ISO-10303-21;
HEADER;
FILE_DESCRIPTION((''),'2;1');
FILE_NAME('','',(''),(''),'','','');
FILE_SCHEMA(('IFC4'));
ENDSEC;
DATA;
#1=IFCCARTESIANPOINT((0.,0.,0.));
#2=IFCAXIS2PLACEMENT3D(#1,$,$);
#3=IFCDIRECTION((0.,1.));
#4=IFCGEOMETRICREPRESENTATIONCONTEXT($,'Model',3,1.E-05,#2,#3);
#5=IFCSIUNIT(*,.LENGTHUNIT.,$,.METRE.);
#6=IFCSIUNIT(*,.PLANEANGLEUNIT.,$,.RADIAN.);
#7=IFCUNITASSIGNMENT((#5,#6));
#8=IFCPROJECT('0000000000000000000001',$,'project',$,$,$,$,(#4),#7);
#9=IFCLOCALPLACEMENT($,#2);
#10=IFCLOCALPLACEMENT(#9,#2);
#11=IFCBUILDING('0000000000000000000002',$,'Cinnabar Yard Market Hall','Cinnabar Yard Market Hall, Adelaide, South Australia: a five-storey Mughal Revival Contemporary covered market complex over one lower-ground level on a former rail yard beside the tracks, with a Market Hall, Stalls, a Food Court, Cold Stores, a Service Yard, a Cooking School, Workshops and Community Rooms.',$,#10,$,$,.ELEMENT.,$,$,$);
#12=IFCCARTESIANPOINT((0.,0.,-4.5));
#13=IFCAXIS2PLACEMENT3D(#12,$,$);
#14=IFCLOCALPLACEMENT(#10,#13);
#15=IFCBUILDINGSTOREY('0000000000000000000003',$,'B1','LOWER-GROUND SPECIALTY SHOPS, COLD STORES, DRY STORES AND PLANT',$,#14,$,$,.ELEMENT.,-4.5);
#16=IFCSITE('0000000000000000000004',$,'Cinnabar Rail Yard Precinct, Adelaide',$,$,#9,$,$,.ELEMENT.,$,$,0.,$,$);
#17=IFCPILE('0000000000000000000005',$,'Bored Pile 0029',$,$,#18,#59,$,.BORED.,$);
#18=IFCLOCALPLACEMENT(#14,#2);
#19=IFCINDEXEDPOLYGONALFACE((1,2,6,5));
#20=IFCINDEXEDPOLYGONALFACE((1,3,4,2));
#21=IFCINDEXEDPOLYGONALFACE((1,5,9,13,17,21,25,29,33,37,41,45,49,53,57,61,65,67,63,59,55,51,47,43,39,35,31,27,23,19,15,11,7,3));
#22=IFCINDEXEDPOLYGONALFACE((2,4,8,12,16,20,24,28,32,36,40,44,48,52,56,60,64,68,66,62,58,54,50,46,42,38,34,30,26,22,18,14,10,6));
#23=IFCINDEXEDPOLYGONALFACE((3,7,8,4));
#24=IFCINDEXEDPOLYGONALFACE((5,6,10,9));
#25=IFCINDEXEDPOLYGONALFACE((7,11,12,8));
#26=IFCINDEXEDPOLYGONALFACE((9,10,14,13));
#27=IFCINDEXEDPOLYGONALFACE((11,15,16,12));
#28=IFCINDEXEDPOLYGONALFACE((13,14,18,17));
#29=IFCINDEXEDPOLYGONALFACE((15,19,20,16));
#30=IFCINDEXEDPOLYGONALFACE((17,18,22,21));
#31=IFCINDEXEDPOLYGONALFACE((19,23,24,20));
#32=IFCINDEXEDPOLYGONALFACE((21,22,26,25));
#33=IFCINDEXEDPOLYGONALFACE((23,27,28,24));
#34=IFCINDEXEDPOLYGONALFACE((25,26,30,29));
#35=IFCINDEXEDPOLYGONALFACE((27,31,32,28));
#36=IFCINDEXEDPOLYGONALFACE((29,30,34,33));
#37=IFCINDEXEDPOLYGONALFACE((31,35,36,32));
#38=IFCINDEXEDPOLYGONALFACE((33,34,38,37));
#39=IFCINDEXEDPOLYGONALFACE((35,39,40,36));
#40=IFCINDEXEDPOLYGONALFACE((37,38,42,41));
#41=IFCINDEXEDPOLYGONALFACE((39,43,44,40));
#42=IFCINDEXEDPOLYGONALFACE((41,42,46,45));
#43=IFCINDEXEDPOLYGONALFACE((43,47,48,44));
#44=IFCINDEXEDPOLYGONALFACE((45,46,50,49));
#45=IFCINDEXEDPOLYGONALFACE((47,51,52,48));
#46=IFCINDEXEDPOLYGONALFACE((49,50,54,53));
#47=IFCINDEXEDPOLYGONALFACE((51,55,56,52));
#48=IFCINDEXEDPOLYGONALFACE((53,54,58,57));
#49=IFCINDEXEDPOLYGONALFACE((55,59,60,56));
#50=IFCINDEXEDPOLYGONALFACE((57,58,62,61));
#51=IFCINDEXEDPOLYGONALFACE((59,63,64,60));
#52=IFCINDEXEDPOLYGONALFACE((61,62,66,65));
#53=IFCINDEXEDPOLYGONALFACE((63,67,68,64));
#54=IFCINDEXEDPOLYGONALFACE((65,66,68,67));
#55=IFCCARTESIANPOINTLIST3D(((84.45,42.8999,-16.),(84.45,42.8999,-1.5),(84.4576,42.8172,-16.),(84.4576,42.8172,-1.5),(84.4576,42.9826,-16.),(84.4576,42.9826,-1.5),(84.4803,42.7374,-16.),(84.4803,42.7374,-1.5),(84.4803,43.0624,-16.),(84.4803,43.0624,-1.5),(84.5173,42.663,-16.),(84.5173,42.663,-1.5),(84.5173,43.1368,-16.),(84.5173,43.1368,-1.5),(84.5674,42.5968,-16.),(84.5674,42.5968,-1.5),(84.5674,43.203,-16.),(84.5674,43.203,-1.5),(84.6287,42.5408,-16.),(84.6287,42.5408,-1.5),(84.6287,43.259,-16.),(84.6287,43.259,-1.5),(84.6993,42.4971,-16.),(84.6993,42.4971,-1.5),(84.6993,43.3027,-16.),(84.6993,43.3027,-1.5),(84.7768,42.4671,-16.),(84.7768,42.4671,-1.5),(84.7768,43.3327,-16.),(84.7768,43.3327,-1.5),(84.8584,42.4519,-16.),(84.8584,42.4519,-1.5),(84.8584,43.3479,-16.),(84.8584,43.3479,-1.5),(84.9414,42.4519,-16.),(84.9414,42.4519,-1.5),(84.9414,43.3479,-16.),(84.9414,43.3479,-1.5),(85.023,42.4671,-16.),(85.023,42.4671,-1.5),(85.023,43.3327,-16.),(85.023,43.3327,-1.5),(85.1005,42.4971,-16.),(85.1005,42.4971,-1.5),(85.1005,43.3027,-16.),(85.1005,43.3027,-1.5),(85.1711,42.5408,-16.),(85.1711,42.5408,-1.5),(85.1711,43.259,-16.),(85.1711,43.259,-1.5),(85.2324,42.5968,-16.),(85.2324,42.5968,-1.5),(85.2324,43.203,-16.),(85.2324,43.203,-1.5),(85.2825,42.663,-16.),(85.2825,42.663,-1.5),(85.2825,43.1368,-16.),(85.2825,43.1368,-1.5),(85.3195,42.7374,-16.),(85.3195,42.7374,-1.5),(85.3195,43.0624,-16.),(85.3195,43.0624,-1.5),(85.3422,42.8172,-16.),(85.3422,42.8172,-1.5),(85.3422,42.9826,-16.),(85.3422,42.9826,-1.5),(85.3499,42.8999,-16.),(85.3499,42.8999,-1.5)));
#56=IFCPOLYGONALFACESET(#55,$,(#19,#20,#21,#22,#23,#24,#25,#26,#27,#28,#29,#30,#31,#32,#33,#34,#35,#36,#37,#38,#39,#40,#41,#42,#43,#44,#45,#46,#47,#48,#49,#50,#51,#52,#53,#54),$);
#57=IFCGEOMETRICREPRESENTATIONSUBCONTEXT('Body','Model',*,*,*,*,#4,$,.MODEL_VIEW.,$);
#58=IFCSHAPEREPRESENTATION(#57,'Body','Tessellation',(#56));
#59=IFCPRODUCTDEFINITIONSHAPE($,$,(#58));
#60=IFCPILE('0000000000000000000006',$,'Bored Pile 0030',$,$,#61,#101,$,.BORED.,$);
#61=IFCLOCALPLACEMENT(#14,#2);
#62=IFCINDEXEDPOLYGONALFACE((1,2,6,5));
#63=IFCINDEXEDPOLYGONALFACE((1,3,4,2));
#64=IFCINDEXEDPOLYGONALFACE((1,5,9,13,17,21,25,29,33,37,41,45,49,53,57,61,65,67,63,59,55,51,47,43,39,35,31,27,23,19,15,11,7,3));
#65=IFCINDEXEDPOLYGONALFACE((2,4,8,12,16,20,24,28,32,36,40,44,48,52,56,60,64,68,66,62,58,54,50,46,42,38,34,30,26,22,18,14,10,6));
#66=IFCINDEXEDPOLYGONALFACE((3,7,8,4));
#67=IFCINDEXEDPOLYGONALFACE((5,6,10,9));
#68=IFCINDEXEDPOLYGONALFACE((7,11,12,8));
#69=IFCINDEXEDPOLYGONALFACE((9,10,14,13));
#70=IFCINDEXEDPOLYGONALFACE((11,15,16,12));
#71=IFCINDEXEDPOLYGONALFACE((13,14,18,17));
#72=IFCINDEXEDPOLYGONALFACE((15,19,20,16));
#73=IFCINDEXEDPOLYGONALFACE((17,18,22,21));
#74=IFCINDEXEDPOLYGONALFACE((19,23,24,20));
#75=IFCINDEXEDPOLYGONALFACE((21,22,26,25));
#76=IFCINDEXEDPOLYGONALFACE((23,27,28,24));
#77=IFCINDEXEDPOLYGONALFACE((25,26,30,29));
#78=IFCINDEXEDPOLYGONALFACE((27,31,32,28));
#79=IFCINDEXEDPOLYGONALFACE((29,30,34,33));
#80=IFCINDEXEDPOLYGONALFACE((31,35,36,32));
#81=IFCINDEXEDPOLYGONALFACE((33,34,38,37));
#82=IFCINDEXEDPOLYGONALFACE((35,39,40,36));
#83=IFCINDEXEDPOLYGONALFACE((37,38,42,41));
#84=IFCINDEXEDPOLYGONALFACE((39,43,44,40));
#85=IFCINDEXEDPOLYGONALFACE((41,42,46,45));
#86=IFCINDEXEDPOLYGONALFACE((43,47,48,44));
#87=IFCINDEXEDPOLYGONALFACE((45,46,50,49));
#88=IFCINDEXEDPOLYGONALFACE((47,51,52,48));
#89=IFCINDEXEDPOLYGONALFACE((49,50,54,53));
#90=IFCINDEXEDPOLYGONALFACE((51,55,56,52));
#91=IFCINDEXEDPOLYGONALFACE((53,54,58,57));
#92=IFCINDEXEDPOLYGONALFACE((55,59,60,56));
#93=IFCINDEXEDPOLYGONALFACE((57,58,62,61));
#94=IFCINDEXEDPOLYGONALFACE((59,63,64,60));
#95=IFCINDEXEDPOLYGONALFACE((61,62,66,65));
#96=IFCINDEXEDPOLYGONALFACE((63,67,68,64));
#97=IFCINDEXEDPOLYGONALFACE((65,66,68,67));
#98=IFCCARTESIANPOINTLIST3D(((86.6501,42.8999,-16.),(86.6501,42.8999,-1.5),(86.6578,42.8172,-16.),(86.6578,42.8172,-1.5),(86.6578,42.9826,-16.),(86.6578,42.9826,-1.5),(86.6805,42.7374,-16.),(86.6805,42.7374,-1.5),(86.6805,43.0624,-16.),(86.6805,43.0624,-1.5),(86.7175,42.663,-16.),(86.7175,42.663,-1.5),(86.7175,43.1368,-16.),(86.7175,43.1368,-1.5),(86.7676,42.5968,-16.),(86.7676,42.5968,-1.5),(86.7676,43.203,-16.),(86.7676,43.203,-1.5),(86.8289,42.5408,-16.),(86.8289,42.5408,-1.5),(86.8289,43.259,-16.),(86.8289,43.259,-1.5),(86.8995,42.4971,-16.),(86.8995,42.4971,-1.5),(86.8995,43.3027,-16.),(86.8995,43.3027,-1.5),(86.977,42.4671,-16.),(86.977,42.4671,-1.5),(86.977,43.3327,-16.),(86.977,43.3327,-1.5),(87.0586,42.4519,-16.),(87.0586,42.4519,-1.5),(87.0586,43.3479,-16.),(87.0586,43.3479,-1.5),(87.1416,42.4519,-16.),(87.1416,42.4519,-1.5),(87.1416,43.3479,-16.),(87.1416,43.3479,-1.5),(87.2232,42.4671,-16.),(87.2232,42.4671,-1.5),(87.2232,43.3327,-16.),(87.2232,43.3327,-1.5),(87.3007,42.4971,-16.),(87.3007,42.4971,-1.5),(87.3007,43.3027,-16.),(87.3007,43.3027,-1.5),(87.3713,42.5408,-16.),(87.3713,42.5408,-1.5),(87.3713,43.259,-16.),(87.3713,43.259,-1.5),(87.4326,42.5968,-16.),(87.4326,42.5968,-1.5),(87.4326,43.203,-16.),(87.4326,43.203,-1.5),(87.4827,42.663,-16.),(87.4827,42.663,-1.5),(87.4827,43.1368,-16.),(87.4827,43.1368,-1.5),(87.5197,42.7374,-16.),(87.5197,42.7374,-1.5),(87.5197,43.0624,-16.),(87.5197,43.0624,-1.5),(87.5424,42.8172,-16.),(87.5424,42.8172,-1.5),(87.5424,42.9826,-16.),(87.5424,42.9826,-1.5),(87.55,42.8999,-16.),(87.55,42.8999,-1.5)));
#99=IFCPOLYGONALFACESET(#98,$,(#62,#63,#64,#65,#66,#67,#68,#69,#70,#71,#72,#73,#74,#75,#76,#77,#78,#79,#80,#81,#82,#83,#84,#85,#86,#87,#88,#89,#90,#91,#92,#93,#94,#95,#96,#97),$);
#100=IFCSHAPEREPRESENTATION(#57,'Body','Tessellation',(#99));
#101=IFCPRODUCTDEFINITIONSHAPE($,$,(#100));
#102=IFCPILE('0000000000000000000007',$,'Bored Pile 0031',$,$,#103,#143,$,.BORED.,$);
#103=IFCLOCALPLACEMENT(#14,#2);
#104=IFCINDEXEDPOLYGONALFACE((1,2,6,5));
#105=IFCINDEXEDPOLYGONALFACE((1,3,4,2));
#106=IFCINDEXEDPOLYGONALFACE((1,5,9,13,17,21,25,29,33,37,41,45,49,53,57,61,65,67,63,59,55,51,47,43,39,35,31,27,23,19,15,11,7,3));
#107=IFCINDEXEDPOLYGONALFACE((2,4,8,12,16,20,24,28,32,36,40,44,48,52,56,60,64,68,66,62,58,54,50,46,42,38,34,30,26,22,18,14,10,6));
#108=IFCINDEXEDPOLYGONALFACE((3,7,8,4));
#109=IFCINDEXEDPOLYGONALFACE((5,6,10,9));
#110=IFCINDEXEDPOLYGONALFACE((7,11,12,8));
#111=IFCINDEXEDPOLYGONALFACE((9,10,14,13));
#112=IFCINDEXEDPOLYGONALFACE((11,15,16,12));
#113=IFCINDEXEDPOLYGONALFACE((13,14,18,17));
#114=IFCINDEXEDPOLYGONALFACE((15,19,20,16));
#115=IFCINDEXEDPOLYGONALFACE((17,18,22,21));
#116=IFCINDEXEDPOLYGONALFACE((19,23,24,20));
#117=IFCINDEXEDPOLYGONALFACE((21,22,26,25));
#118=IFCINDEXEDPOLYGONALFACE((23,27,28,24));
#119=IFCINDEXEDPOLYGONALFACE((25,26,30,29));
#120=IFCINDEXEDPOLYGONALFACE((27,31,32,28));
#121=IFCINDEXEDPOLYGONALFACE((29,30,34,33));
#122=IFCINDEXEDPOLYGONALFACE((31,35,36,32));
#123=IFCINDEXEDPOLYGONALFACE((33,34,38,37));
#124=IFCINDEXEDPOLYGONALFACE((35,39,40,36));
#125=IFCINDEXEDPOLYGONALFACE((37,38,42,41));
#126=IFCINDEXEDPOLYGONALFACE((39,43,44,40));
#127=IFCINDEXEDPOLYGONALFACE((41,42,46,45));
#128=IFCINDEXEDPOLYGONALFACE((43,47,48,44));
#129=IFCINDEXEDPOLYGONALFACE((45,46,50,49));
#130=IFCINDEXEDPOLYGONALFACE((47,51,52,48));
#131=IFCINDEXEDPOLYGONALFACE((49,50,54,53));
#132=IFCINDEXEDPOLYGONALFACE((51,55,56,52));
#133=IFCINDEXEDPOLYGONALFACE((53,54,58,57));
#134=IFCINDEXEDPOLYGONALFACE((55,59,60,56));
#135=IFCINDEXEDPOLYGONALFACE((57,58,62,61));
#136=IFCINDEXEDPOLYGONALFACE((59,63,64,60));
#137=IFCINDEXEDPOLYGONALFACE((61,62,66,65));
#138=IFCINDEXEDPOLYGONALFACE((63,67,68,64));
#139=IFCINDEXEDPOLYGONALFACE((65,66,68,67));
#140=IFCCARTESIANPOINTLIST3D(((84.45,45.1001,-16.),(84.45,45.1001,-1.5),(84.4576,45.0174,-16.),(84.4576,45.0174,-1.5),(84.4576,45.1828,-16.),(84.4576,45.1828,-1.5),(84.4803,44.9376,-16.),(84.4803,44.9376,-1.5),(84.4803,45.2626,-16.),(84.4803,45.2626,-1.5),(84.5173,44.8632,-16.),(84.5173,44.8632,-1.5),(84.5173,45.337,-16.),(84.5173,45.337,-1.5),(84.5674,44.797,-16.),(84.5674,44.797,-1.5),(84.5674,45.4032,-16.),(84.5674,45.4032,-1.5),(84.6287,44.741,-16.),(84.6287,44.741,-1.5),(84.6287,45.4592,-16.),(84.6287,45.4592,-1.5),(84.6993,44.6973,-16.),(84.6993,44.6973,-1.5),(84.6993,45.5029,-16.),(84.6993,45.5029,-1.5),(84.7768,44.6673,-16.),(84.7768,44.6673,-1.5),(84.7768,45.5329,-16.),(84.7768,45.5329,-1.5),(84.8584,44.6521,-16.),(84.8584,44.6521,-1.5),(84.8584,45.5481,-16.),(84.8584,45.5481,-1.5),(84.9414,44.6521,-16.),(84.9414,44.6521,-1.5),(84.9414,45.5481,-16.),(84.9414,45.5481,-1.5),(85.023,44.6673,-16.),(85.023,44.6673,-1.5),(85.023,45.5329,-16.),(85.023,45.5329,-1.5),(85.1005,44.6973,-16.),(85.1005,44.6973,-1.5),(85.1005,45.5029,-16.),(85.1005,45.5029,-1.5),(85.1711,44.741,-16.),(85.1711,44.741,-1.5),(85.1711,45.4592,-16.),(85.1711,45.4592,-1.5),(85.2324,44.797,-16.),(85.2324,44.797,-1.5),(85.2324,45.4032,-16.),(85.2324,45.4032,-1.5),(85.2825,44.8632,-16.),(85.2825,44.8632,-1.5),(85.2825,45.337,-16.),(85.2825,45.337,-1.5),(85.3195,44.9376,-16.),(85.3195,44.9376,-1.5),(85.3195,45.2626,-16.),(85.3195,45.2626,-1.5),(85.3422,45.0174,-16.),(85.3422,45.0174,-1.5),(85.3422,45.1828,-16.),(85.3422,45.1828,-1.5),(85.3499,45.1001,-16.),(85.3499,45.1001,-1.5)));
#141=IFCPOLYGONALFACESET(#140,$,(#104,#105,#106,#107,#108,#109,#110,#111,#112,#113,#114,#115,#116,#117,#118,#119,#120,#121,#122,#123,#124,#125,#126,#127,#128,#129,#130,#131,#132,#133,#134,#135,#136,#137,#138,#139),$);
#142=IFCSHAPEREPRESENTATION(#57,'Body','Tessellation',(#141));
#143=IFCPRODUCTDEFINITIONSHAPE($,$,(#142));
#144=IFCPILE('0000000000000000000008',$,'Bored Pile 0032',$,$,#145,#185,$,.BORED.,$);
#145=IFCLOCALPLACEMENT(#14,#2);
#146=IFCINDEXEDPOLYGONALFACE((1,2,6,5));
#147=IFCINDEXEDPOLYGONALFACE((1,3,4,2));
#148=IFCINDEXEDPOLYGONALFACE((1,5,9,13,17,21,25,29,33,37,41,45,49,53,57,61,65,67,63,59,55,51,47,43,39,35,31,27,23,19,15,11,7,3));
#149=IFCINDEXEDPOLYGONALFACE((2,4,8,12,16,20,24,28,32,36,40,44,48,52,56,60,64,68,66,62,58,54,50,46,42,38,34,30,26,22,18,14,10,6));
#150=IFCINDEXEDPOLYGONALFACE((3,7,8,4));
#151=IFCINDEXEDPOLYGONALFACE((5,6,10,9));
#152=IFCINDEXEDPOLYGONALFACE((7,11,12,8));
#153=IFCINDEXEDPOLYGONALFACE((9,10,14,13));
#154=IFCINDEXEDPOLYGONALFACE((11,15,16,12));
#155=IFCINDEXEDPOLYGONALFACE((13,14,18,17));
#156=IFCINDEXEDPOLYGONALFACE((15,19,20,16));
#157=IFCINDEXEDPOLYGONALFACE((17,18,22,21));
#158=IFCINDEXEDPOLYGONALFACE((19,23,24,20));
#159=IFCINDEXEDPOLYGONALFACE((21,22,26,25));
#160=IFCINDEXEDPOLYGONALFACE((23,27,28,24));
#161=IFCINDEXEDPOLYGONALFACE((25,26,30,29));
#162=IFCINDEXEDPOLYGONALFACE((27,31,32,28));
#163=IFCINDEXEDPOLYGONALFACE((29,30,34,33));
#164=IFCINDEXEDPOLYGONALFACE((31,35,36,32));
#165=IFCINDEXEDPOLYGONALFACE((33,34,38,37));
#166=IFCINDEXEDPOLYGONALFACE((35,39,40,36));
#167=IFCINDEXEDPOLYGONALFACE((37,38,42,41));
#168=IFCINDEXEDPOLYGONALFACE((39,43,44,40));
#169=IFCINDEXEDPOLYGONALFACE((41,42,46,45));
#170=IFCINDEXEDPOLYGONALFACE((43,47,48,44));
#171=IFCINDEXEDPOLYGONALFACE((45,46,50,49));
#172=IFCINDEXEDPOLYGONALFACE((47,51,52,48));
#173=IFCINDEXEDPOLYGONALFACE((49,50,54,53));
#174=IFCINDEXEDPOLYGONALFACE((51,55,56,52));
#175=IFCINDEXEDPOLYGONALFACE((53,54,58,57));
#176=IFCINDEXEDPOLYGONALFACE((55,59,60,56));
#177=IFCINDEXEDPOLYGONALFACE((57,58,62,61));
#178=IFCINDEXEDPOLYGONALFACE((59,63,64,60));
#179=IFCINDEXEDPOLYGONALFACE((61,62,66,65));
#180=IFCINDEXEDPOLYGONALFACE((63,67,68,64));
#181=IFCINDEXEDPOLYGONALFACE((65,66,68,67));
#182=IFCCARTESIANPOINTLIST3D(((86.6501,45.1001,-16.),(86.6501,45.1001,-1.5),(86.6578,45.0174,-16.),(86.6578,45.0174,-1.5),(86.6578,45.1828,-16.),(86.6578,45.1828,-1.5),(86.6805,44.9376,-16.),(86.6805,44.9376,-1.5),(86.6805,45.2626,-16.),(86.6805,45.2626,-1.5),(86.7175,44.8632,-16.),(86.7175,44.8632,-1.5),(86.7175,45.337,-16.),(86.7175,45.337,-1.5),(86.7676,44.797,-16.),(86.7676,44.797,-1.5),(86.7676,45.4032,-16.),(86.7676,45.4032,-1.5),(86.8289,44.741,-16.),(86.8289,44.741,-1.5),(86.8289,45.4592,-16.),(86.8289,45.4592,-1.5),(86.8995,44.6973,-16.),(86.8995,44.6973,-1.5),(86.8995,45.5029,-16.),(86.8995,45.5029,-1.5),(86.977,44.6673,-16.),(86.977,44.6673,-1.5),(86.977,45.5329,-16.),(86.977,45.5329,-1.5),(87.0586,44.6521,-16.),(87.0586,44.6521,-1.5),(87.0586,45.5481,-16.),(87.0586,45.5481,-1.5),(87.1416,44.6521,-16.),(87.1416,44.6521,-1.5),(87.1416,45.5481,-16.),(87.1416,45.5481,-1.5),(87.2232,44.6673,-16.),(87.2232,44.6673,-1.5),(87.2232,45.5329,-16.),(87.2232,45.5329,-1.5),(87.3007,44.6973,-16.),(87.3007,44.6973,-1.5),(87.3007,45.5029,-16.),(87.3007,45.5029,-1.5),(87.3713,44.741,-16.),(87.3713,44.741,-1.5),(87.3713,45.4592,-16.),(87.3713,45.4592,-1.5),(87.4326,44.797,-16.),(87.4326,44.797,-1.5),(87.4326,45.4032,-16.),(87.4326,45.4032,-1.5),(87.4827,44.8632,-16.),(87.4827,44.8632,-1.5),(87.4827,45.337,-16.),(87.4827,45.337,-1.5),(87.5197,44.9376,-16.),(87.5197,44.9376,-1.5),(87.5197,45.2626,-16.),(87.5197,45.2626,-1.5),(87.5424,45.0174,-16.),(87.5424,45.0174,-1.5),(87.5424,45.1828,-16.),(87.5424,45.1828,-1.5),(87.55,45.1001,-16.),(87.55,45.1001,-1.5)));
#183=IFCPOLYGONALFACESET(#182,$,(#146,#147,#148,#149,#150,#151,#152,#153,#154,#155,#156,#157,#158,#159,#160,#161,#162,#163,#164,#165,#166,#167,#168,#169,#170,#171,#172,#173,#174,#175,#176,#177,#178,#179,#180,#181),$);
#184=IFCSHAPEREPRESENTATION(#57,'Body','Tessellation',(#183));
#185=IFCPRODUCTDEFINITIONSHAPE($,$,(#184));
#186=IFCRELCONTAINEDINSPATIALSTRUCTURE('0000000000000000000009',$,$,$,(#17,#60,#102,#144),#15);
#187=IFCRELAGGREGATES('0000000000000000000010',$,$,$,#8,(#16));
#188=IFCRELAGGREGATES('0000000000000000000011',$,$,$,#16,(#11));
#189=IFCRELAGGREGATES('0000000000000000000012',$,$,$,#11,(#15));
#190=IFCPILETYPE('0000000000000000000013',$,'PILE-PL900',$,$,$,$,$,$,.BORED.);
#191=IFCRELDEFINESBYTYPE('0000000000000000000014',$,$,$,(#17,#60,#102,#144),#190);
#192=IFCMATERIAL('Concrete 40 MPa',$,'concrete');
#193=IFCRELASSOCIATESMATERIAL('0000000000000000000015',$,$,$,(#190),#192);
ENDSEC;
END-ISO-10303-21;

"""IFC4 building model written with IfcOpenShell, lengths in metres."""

from ifc_helpers import new_model, si_unit, direction, frame, origin, origin_2d_with_axis, place, context, subcontext, project, spatial, circle, extrude, material, material_profile, profile_set, type_object, element, save


model = new_model("IFC4")

# Units and contexts
model_context = context("Model", 3, precision=1e-05, world=origin(), true_north=direction((0.0, 1.0)))
body_context = subcontext(model_context, "Body", "Model", "MODEL_VIEW")
ifc_project = project(units=[si_unit("LENGTHUNIT", "METRE"), si_unit("PLANEANGLEUNIT", "RADIAN")], contexts=[model_context])

# Site, building, storey
site_placement = place(None, origin())
site = spatial("IfcSite", under=ifc_project, at=site_placement, Name="Cinnabar Rail Yard Precinct, Adelaide", CompositionType="ELEMENT", RefElevation=0.0)
building_placement = place(site_placement, origin())
building = spatial("IfcBuilding", under=site, at=building_placement, Name="Cinnabar Yard Market Hall", Description="Cinnabar Yard Market Hall, Adelaide, South Australia: a five-storey Mughal Revival Contemporary covered market complex over one lower-ground level on a former rail yard beside the tracks, with a Market Hall, Stalls, a Food Court, Cold Stores, a Service Yard, a Cooking School, Workshops and Community Rooms.", CompositionType="ELEMENT")
storey_placement = place(building_placement, frame((0.0, 0.0, -4.5)))
storey = spatial("IfcBuildingStorey", under=building, at=storey_placement, Name="B1", Description="LOWER-GROUND SPECIALTY SHOPS, COLD STORES, DRY STORES AND PLANT", CompositionType="ELEMENT", Elevation=-4.5)

# Shared definitions
ifc_material_1 = material(Name="Concrete 40 MPa", Category="concrete")

# Piles
ifc_material_profile_1 = material_profile(ifc_material_1, circle(Radius=0.45, at=origin_2d_with_axis()), Name="PILE-D900")
ifc_profile_set_1 = profile_set([ifc_material_profile_1], Name="Concrete 40 MPa")
pile_type = type_object("IfcPileType", Name="PILE-PL900", PredefinedType="BORED", material=ifc_profile_set_1)
for number, where, z_axis, x_axis, name in (
    (1, (84.8999, 42.8999, -1.5), (0.0, 0.0, -1.0), (1.0, 0.0, 0.0), "Bored Pile 0029"),
    (2, (87.1001, 42.8999, -1.5), (0.0, 0.0, -1.0), (1.0, 0.0, 0.0), "Bored Pile 0030"),
    (3, (84.8999, 45.1001, -1.5), (0.0, 0.0, -1.0), (1.0, 0.0, 0.0), "Bored Pile 0031"),
    (4, (87.1001, 45.1001, -1.5), (0.0, 0.0, -1.0), (1.0, 0.0, 0.0), "Bored Pile 0032"),
):
    element("IfcPile", number, at=place(storey_placement, frame(where, z_axis=z_axis, x_axis=x_axis)), inside=storey, type_object=pile_type, Name=name, PredefinedType="BORED", context=body_context, shape_type="SweptSolid", body=[
        extrude(circle(Radius=0.45, at=origin_2d_with_axis()), origin(), (0.0, 0.0, 1.0), 14.5),
    ])

save(model, "model.ifc")
